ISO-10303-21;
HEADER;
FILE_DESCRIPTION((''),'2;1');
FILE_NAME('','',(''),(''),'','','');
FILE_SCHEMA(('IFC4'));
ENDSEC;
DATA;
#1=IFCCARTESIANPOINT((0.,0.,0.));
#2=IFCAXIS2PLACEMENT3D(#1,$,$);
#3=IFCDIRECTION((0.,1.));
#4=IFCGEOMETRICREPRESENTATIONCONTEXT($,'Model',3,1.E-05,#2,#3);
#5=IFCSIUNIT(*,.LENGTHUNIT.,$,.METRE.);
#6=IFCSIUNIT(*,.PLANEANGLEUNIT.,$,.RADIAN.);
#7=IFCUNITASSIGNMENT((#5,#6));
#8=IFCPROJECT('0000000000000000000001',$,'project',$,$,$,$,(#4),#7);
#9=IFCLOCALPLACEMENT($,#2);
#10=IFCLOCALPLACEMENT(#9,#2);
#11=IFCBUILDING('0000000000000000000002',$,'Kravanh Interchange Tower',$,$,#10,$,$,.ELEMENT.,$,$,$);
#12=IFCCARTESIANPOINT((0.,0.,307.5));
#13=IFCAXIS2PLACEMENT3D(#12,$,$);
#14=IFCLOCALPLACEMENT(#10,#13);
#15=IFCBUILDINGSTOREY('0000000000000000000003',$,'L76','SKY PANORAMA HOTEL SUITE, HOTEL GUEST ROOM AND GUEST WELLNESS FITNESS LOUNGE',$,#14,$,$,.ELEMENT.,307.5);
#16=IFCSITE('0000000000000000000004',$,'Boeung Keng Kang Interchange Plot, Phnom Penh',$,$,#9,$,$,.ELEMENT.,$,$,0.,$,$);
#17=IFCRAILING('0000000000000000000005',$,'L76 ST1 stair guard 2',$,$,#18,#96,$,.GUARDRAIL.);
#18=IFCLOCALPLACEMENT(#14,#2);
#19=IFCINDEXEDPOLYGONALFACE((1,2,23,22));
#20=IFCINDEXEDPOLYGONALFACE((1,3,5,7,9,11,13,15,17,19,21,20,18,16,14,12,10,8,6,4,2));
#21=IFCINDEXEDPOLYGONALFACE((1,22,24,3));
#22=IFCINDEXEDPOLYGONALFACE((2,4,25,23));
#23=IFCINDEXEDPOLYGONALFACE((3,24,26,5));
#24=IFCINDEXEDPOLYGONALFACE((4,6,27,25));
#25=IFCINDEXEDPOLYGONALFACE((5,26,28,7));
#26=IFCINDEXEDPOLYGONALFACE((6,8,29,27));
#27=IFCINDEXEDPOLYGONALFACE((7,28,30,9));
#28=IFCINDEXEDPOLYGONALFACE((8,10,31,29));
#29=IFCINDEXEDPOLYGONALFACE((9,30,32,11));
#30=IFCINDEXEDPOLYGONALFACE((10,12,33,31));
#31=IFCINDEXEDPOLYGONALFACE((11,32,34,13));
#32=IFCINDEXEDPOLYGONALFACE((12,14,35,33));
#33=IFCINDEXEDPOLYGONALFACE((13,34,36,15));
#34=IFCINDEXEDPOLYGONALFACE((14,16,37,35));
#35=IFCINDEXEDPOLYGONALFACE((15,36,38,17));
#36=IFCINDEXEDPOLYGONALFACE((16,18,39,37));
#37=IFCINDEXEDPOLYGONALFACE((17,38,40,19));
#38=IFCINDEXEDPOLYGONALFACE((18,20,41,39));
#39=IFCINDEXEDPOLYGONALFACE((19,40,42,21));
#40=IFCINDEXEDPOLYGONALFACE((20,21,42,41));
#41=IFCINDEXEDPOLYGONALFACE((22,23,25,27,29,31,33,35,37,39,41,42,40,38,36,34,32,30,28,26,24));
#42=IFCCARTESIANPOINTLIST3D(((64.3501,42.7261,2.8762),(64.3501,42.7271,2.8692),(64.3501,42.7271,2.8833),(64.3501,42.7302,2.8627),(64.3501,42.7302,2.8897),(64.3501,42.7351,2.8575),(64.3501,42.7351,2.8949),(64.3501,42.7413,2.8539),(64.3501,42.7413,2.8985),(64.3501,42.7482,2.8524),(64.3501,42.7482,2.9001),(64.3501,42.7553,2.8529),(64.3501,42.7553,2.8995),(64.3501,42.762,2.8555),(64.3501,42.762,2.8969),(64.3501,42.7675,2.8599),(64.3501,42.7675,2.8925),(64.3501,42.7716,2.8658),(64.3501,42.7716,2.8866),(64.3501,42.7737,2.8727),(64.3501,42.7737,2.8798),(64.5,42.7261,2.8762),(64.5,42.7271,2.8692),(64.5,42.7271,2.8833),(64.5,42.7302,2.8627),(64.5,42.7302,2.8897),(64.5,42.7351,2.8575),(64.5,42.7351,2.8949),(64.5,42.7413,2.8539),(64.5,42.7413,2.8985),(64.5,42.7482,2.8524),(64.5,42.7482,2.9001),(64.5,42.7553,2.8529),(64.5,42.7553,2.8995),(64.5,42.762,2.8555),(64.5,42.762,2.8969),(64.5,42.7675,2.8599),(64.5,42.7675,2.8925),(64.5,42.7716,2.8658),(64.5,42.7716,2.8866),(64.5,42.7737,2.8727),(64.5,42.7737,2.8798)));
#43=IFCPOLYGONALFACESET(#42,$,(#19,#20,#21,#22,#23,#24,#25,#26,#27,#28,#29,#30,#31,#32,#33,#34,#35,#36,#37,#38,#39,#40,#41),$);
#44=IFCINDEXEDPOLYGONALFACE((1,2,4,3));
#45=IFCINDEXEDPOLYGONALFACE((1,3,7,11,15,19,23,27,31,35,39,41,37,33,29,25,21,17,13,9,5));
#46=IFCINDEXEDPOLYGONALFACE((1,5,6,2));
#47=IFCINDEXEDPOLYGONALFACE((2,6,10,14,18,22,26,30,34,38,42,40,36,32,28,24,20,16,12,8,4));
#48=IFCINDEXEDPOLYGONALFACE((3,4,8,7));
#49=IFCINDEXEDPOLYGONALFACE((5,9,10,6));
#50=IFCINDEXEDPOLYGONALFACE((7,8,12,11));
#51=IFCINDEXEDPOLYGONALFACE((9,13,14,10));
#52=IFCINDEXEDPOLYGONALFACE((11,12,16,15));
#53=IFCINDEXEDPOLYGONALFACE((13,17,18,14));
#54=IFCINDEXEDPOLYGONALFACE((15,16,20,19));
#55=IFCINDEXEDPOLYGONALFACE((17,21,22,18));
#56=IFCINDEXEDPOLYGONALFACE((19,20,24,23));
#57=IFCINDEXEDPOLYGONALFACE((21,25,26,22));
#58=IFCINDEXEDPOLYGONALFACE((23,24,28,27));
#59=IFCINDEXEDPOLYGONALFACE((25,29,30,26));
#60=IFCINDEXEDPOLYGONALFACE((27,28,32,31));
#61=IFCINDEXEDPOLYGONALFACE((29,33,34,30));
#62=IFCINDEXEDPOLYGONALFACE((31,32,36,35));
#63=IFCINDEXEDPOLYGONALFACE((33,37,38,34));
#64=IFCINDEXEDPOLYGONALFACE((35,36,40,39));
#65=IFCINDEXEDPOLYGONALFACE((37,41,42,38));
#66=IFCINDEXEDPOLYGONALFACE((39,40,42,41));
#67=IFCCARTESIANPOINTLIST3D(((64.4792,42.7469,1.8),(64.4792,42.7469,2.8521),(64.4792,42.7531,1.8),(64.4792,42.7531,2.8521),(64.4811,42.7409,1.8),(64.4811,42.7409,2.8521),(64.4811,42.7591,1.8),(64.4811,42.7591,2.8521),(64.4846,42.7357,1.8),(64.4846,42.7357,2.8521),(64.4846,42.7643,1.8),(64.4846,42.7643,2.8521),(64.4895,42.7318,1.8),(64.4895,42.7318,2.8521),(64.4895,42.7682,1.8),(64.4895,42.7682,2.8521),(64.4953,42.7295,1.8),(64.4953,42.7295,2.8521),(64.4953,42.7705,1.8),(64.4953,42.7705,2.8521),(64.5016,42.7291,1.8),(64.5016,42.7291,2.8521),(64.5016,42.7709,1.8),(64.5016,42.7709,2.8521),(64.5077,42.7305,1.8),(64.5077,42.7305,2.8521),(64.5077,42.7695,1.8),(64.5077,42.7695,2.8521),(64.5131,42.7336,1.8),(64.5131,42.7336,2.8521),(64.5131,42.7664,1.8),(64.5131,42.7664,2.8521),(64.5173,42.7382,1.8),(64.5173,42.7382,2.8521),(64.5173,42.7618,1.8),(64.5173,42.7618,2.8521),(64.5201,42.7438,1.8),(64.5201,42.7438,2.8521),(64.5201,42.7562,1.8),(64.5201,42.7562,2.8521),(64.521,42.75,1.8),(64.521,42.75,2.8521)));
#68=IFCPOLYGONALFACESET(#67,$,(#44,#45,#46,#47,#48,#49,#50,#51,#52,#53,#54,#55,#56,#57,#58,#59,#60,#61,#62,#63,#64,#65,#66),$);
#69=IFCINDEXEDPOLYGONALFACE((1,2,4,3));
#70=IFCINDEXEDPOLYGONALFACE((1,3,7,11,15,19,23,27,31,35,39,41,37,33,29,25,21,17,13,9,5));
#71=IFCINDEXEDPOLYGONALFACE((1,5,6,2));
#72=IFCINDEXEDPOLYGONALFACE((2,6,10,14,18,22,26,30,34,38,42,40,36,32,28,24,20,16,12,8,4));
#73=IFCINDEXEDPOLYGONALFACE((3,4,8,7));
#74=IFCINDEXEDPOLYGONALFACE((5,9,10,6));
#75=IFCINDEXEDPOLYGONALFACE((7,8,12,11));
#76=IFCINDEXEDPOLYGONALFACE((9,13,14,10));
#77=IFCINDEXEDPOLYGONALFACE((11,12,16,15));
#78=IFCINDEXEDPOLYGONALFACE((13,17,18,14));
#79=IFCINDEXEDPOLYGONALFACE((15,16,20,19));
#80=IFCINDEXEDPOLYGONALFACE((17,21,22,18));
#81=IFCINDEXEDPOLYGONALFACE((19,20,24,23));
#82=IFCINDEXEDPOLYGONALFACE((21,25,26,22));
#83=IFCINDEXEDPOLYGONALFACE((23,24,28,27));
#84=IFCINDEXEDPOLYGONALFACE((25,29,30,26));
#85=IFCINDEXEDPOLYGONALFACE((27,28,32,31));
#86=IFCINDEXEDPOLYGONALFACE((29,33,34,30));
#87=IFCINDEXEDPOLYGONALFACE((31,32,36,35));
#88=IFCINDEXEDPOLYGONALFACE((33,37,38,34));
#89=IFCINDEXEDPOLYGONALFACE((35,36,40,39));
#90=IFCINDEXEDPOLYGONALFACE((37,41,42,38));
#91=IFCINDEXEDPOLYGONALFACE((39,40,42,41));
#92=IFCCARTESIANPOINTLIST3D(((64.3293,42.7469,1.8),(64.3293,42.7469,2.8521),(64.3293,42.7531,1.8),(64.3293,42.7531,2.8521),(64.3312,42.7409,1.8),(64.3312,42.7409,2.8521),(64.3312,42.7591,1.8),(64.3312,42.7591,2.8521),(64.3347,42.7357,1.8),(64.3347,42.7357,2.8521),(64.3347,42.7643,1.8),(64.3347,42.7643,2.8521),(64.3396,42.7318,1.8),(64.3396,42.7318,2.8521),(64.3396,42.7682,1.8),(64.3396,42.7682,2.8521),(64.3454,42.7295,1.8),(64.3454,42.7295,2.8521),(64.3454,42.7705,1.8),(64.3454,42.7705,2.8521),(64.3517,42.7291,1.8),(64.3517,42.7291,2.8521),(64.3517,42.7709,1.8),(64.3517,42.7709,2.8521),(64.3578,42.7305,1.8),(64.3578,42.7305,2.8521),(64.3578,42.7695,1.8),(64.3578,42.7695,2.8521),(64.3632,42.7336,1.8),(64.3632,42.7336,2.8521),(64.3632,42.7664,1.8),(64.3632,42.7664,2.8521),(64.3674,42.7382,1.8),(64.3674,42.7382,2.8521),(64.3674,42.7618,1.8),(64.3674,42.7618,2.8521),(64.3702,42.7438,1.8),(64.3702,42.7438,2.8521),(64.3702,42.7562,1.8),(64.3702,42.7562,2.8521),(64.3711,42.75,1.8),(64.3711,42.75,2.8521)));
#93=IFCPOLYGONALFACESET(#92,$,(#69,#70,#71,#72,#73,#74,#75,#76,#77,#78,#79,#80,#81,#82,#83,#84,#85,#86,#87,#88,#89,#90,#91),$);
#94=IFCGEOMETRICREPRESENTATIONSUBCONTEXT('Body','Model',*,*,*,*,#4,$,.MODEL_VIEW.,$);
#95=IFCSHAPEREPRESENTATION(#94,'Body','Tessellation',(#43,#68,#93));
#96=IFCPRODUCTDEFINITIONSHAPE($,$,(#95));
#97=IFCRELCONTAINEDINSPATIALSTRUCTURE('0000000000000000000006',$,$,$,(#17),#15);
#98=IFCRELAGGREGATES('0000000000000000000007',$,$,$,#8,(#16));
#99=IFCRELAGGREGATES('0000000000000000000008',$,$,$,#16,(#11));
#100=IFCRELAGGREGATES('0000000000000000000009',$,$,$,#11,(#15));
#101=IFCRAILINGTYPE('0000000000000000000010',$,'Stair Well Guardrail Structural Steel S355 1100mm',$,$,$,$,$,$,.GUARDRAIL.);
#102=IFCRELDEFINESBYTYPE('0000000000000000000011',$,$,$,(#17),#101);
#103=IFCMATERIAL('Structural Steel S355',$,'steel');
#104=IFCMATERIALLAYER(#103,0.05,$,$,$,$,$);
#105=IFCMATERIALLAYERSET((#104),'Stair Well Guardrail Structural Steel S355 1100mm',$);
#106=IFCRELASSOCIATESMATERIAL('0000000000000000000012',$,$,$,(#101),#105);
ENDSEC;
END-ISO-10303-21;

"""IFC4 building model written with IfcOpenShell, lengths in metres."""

from ifc_helpers import new_model, si_unit, direction, frame, origin, origin_2d, place, context, subcontext, project, spatial, circle, extrude, material, layer, layer_set, type_object, element, save


model = new_model("IFC4")

# Units and contexts
model_context = context("Model", 3, precision=1e-05, world=origin(), true_north=direction((0.0, 1.0)))
body_context = subcontext(model_context, "Body", "Model", "MODEL_VIEW")
ifc_project = project(units=[si_unit("LENGTHUNIT", "METRE"), si_unit("PLANEANGLEUNIT", "RADIAN")], contexts=[model_context])

# Site, building, storey
site_placement = place(None, origin())
site = spatial("IfcSite", under=ifc_project, at=site_placement, Name="Boeung Keng Kang Interchange Plot, Phnom Penh", CompositionType="ELEMENT", RefElevation=0.0)
building_placement = place(site_placement, origin())
building = spatial("IfcBuilding", under=site, at=building_placement, Name="Kravanh Interchange Tower", CompositionType="ELEMENT")
storey_placement = place(building_placement, frame((0.0, 0.0, 307.5)))
storey = spatial("IfcBuildingStorey", under=building, at=storey_placement, Name="L76", Description="SKY PANORAMA HOTEL SUITE, HOTEL GUEST ROOM AND GUEST WELLNESS FITNESS LOUNGE", CompositionType="ELEMENT", Elevation=307.5)

# Railing
ifc_material_1 = material(Name="Structural Steel S355", Category="steel")
ifc_layer_1 = layer(ifc_material_1, 0.05)
ifc_layer_set_1 = layer_set([ifc_layer_1], Name="Stair Well Guardrail Structural Steel S355 1100mm")
railing_type_1 = type_object("IfcRailingType", Name="Stair Well Guardrail Structural Steel S355 1100mm", PredefinedType="GUARDRAIL", material=ifc_layer_set_1)
railing_1_placement = place(storey_placement, frame((64.5, 42.75, 1.8)))
element("IfcRailing", 1, at=railing_1_placement, inside=storey, type_object=railing_type_1, Name="L76 ST1 stair guard 2", PredefinedType="GUARDRAIL", context=body_context, shape_type="SweptSolid", body=[
    extrude(circle(Radius=0.0239, at=origin_2d()), frame((0.0, 0.0, 1.0762), z_axis=(-1.0, 0.0, 0.0), x_axis=(0.0, -1.0, 0.0)), (0.0, 0.0, 1.0), 0.1499),
    extrude(circle(Radius=0.021, at=origin_2d()), origin(), (0.0, 0.0, 1.0), 1.052),
    extrude(circle(Radius=0.021, at=origin_2d()), frame((-0.1499, 0.0, 0.0)), (0.0, 0.0, 1.0), 1.052),
])

save(model, "model.ifc")
